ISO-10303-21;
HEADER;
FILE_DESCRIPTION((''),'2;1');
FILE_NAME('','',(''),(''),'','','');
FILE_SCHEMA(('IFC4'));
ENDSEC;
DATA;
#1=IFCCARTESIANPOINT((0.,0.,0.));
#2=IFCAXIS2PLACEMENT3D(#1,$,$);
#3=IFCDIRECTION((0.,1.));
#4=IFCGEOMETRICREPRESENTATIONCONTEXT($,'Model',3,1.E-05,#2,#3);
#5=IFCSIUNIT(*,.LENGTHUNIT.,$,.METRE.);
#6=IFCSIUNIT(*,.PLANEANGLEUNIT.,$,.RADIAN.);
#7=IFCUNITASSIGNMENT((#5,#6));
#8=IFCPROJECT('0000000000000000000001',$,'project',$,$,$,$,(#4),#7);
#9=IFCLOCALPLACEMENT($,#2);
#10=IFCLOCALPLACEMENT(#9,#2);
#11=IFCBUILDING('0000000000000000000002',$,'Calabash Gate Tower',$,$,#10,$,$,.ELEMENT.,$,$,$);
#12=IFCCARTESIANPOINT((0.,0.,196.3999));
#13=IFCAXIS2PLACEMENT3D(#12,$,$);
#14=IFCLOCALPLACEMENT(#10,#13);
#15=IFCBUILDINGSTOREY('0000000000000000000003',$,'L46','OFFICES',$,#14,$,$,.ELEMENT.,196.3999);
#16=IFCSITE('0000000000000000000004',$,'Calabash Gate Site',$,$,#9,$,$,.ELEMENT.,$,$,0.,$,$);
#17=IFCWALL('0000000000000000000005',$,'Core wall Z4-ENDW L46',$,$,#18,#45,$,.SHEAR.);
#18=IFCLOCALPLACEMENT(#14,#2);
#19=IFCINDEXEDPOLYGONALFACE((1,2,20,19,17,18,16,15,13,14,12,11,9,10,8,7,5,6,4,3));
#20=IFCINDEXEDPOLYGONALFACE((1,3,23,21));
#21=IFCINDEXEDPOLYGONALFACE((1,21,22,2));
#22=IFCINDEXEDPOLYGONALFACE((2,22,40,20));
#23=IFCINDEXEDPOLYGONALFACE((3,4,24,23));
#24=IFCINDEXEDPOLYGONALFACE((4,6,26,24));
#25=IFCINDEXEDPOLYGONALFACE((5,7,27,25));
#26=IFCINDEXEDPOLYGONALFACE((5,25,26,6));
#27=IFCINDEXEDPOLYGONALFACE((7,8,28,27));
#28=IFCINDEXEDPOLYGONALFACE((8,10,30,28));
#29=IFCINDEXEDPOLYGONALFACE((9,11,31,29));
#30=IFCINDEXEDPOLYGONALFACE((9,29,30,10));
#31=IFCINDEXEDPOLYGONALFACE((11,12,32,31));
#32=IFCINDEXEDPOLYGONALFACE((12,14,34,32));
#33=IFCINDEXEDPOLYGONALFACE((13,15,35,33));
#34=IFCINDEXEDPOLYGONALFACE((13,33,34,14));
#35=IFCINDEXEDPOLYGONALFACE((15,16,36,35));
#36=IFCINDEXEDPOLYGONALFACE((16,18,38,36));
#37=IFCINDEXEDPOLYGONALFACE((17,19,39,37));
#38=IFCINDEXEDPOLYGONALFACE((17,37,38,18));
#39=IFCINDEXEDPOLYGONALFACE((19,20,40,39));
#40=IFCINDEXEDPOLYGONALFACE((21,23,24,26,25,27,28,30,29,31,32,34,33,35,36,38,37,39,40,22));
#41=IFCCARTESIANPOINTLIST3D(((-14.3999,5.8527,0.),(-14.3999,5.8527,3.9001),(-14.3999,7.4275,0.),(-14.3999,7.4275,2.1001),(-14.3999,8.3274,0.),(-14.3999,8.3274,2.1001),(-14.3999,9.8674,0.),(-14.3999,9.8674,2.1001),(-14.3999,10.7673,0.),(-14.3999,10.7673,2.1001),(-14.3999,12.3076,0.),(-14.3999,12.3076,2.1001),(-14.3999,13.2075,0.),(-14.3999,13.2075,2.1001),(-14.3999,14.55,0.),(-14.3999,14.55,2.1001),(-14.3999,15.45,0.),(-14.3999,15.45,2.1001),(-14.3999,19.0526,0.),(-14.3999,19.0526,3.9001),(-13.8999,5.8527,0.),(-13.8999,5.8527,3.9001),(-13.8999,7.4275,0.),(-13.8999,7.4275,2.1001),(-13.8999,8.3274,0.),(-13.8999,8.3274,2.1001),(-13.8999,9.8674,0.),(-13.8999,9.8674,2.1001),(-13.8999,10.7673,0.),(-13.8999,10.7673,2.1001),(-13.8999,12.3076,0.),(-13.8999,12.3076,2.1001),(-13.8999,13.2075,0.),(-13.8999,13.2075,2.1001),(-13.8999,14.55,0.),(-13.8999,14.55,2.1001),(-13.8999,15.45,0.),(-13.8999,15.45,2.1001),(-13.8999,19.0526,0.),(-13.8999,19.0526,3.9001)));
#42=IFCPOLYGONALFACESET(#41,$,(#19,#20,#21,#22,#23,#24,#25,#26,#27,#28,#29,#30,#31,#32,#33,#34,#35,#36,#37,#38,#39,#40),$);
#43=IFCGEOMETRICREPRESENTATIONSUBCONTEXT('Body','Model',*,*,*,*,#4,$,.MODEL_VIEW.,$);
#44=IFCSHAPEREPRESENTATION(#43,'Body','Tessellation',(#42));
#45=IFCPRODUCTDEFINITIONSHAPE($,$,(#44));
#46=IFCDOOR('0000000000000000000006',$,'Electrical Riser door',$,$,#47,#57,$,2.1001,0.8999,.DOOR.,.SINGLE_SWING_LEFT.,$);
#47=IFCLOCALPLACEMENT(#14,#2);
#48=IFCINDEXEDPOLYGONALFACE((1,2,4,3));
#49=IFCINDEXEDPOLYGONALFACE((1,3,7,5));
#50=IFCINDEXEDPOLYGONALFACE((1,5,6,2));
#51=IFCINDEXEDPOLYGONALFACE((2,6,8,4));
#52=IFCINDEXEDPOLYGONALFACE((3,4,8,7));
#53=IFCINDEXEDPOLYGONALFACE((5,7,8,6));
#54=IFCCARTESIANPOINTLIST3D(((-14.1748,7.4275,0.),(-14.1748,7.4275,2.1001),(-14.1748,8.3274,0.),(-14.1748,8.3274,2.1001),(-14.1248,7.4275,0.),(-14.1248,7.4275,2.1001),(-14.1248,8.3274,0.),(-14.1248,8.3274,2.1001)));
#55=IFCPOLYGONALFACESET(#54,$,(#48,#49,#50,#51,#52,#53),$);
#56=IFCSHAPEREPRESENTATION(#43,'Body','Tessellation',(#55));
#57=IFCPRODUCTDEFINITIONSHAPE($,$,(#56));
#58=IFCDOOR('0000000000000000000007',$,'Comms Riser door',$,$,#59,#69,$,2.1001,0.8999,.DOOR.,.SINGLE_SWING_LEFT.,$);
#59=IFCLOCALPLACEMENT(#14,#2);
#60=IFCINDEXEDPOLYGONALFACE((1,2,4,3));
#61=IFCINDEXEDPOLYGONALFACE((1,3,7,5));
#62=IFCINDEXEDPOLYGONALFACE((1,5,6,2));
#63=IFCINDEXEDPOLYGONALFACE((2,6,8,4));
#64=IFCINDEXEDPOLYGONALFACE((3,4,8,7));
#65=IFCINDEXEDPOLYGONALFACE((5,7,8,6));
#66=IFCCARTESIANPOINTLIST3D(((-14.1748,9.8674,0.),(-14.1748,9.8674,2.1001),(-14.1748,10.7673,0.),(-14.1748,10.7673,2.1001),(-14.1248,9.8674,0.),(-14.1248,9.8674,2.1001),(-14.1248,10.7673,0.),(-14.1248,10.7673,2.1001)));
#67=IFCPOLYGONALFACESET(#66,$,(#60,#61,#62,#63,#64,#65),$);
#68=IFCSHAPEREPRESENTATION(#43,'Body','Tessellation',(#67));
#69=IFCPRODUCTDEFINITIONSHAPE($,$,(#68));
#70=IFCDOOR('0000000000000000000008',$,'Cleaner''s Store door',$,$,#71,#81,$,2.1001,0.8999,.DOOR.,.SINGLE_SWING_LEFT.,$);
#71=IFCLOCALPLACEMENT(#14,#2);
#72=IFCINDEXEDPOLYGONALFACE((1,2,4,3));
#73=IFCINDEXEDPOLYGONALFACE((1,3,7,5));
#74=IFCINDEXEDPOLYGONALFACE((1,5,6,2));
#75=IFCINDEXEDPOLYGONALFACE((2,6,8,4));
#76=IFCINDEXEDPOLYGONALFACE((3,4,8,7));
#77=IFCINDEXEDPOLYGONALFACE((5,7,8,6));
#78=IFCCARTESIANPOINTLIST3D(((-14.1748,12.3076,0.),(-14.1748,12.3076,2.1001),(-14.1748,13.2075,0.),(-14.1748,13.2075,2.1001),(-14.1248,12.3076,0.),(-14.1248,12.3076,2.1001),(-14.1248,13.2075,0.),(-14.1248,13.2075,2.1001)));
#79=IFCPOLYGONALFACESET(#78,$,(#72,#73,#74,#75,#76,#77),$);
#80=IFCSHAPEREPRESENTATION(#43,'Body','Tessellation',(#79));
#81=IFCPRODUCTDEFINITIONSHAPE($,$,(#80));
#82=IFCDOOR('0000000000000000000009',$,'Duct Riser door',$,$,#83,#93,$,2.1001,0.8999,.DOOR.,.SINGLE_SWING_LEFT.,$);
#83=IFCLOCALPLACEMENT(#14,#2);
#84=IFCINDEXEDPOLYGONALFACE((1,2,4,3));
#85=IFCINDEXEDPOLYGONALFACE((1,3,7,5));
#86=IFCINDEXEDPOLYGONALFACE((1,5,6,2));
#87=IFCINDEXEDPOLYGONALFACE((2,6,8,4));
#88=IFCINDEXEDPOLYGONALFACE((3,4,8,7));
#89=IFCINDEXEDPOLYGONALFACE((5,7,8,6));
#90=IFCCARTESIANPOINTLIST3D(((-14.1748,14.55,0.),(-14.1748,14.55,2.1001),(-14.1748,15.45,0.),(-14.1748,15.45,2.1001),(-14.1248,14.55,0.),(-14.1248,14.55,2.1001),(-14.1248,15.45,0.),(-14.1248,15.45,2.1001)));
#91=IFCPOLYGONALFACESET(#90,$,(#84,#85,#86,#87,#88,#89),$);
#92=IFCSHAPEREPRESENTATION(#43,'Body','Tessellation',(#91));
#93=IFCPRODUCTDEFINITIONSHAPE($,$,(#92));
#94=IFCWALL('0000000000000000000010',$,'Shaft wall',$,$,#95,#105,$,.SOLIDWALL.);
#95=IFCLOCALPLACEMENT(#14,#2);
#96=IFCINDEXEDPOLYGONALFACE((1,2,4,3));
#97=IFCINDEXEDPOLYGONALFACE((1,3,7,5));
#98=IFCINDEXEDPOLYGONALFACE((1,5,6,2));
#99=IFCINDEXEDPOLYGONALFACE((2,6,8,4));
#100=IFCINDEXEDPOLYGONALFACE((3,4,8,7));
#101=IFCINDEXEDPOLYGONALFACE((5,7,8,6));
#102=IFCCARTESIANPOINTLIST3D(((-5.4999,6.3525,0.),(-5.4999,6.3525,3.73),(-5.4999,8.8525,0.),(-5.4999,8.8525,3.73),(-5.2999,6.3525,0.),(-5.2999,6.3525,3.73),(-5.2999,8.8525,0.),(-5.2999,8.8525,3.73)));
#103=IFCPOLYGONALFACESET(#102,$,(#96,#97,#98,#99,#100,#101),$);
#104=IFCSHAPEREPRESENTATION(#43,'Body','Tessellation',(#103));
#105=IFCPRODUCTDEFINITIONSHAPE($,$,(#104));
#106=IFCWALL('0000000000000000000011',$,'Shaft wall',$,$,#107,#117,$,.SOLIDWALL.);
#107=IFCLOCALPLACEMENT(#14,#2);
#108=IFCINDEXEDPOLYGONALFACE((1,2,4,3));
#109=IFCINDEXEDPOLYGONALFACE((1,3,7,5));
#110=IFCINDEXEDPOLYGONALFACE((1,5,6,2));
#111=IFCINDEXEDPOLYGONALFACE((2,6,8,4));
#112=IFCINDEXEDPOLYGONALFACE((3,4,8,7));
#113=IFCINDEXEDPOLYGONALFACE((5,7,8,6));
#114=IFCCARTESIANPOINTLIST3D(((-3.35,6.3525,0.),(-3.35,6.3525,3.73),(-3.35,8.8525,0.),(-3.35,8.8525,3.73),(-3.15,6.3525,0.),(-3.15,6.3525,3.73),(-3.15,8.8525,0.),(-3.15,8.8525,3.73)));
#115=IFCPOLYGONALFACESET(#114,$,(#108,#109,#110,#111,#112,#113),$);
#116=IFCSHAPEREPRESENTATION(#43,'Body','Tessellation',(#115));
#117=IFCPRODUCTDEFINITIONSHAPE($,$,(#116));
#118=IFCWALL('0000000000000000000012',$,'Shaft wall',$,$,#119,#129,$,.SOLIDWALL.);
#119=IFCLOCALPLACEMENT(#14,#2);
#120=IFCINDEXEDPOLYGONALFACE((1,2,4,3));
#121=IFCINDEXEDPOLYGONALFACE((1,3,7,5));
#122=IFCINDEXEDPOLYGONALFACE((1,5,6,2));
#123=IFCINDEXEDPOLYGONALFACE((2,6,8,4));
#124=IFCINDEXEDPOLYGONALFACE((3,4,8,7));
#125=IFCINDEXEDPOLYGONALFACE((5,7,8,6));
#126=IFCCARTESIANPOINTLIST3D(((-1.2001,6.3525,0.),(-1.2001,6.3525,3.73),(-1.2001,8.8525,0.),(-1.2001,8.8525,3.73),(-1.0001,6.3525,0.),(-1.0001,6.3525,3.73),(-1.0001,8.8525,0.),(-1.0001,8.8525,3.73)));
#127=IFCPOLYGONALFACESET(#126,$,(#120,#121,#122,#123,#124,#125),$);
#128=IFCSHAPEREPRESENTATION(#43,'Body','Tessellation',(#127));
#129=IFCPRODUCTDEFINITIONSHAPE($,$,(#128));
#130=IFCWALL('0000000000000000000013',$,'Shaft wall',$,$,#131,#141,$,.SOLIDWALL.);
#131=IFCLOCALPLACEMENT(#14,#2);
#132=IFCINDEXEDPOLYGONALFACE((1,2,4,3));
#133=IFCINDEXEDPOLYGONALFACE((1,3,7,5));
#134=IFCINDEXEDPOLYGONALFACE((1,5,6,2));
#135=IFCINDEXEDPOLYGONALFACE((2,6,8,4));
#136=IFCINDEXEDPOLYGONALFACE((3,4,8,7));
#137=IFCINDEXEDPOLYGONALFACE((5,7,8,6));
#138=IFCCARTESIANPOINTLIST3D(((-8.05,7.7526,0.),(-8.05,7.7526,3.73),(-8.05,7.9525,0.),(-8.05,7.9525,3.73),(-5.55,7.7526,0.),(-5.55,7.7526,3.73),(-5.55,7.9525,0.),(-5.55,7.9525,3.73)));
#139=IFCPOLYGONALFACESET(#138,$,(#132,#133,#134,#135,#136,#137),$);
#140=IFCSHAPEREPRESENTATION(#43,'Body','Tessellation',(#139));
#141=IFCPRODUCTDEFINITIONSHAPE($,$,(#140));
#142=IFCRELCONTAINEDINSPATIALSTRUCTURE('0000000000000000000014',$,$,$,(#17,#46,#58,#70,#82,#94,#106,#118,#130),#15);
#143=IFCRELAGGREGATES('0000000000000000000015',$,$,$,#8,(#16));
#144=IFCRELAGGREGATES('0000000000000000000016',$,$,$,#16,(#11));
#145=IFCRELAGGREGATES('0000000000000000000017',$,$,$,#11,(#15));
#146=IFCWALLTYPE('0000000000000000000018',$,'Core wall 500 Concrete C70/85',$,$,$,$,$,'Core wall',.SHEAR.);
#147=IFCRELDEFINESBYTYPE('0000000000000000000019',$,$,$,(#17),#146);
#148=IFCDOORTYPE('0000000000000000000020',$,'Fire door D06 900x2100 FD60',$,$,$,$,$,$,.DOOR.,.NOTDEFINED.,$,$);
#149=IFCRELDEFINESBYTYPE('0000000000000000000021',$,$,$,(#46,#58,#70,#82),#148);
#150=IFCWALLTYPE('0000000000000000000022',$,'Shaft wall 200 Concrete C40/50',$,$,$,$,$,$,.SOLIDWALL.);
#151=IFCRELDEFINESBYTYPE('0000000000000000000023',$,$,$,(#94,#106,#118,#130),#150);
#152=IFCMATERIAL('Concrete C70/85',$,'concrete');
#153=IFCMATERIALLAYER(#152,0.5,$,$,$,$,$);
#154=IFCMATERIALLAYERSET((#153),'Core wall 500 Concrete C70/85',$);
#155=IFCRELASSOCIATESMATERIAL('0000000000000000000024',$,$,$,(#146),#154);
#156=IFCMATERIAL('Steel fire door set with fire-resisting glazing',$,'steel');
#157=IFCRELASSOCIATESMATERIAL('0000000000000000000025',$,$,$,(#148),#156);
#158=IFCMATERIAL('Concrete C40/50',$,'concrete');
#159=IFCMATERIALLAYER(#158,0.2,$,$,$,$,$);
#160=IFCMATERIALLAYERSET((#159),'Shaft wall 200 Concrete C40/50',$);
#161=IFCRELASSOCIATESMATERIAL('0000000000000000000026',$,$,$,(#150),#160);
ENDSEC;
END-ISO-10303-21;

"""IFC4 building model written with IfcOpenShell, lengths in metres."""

from ifc_helpers import new_model, si_unit, direction, frame, frame_2d, origin, place, context, subcontext, project, spatial, rectangle, extrude, material, layer, layer_set, type_object, element, fill, save


model = new_model("IFC4")

# Units and contexts
model_context = context("Model", 3, precision=1e-05, world=origin(), true_north=direction((0.0, 1.0)))
body_context = subcontext(model_context, "Body", "Model", "MODEL_VIEW")
ifc_project = project(units=[si_unit("LENGTHUNIT", "METRE"), si_unit("PLANEANGLEUNIT", "RADIAN")], contexts=[model_context])

# Site, building, storey
site_placement = place(None, origin())
site = spatial("IfcSite", under=ifc_project, at=site_placement, Name="Calabash Gate Site", CompositionType="ELEMENT", RefElevation=0.0)
building_placement = place(site_placement, origin())
building = spatial("IfcBuilding", under=site, at=building_placement, Name="Calabash Gate Tower", CompositionType="ELEMENT")
storey_placement = place(building_placement, frame((0.0, 0.0, 196.3999)))
storey = spatial("IfcBuildingStorey", under=building, at=storey_placement, Name="L46", Description="OFFICES", CompositionType="ELEMENT", Elevation=196.3999)

# Shared definitions
ifc_material_1 = material(Name="Concrete C70/85", Category="concrete")
ifc_layer_1 = layer(ifc_material_1, 0.5)
ifc_layer_set_1 = layer_set([ifc_layer_1], Name="Core wall 500 Concrete C70/85")
wall_type_1 = type_object("IfcWallType", Name="Core wall 500 Concrete C70/85", ElementType="Core wall", PredefinedType="SHEAR", material=ifc_layer_set_1)

# Wall, openings, doors
wall_1_placement = place(storey_placement, frame((-14.1499, 5.8525, 0.0), z_axis=(0.0, 0.0, 1.0), x_axis=(0.0, 1.0, 0.0)))
wall_1 = element("IfcWall", 1, at=wall_1_placement, inside=storey, type_object=wall_type_1, Name="Core wall Z4-ENDW L46", PredefinedType="SHEAR", context=body_context, shape_type="SweptSolid", body=[
    extrude(rectangle(XDim=13.2, YDim=0.5, at=frame_2d((6.6001, 0.0))), origin(), (0.0, 0.0, 1.0), 3.9001),
])
opening_1_placement = place(wall_1_placement, frame((1.575, 0.0, 0.0)))
opening_1 = element("IfcOpeningElement", 2, at=opening_1_placement, cuts=wall_1, PredefinedType="OPENING", context=body_context, shape_type="SweptSolid", body=[
    extrude(rectangle(XDim=0.8999, YDim=2.1001, at=frame_2d((0.45, 1.05))), frame((0.0, 0.26, 0.0), z_axis=(0.0, -1.0, 0.0), x_axis=(1.0, 0.0, 0.0)), (0.0, 0.0, 1.0), 0.52),
])
opening_2_placement = place(wall_1_placement, frame((4.0149, 0.0, 0.0)))
opening_2 = element("IfcOpeningElement", 3, at=opening_2_placement, cuts=wall_1, PredefinedType="OPENING", context=body_context, shape_type="SweptSolid", body=[
    extrude(rectangle(XDim=0.8999, YDim=2.1001, at=frame_2d((0.45, 1.05))), frame((0.0, 0.26, 0.0), z_axis=(0.0, -1.0, 0.0), x_axis=(1.0, 0.0, 0.0)), (0.0, 0.0, 1.0), 0.52),
])
opening_3_placement = place(wall_1_placement, frame((6.4551, 0.0, 0.0)))
opening_3 = element("IfcOpeningElement", 4, at=opening_3_placement, cuts=wall_1, PredefinedType="OPENING", context=body_context, shape_type="SweptSolid", body=[
    extrude(rectangle(XDim=0.8999, YDim=2.1001, at=frame_2d((0.45, 1.05))), frame((0.0, 0.26, 0.0), z_axis=(0.0, -1.0, 0.0), x_axis=(1.0, 0.0, 0.0)), (0.0, 0.0, 1.0), 0.52),
])
opening_4_placement = place(wall_1_placement, frame((8.6975, 0.0, 0.0)))
opening_4 = element("IfcOpeningElement", 5, at=opening_4_placement, cuts=wall_1, PredefinedType="OPENING", context=body_context, shape_type="SweptSolid", body=[
    extrude(rectangle(XDim=0.8999, YDim=2.1001, at=frame_2d((0.45, 1.05))), frame((0.0, 0.26, 0.0), z_axis=(0.0, -1.0, 0.0), x_axis=(1.0, 0.0, 0.0)), (0.0, 0.0, 1.0), 0.52),
])
ifc_material_2 = material(Name="Steel fire door set with fire-resisting glazing", Category="steel")
door_type_1 = type_object("IfcDoorType", Name="Fire door D06 900x2100 FD60", OperationType="NOTDEFINED", PredefinedType="DOOR", material=ifc_material_2)
door_1_placement = place(opening_1_placement, origin())
door_1 = element("IfcDoor", 6, at=door_1_placement, inside=storey, type_object=door_type_1, Name="Electrical Riser door", OperationType="SINGLE_SWING_LEFT", OverallHeight=2.1001, OverallWidth=0.8999, PredefinedType="DOOR", context=body_context, shape_type="SweptSolid", body=[
    extrude(rectangle(XDim=0.8999, YDim=2.1001, at=frame_2d((0.45, 1.05))), frame((0.0, 0.0249, 0.0), z_axis=(0.0, -1.0, 0.0), x_axis=(1.0, 0.0, 0.0)), (0.0, 0.0, 1.0), 0.05),
])
fill(opening_1, door_1)
door_2_placement = place(opening_2_placement, origin())
door_2 = element("IfcDoor", 7, at=door_2_placement, inside=storey, type_object=door_type_1, Name="Comms Riser door", OperationType="SINGLE_SWING_LEFT", OverallHeight=2.1001, OverallWidth=0.8999, PredefinedType="DOOR", context=body_context, shape_type="SweptSolid", body=[
    extrude(rectangle(XDim=0.8999, YDim=2.1001, at=frame_2d((0.45, 1.05))), frame((0.0, 0.0249, 0.0), z_axis=(0.0, -1.0, 0.0), x_axis=(1.0, 0.0, 0.0)), (0.0, 0.0, 1.0), 0.05),
])
fill(opening_2, door_2)
door_3_placement = place(opening_3_placement, origin())
door_3 = element("IfcDoor", 8, at=door_3_placement, inside=storey, type_object=door_type_1, Name="Cleaner's Store door", OperationType="SINGLE_SWING_LEFT", OverallHeight=2.1001, OverallWidth=0.8999, PredefinedType="DOOR", context=body_context, shape_type="SweptSolid", body=[
    extrude(rectangle(XDim=0.8999, YDim=2.1001, at=frame_2d((0.45, 1.05))), frame((0.0, 0.0249, 0.0), z_axis=(0.0, -1.0, 0.0), x_axis=(1.0, 0.0, 0.0)), (0.0, 0.0, 1.0), 0.05),
])
fill(opening_3, door_3)
door_4_placement = place(opening_4_placement, origin())
door_4 = element("IfcDoor", 9, at=door_4_placement, inside=storey, type_object=door_type_1, Name="Duct Riser door", OperationType="SINGLE_SWING_LEFT", OverallHeight=2.1001, OverallWidth=0.8999, PredefinedType="DOOR", context=body_context, shape_type="SweptSolid", body=[
    extrude(rectangle(XDim=0.8999, YDim=2.1001, at=frame_2d((0.45, 1.05))), frame((0.0, 0.0249, 0.0), z_axis=(0.0, -1.0, 0.0), x_axis=(1.0, 0.0, 0.0)), (0.0, 0.0, 1.0), 0.05),
])
fill(opening_4, door_4)

# Walls
ifc_material_3 = material(Name="Concrete C40/50", Category="concrete")
ifc_layer_2 = layer(ifc_material_3, 0.2)
ifc_layer_set_2 = layer_set([ifc_layer_2], Name="Shaft wall 200 Concrete C40/50")
wall_type_2 = type_object("IfcWallType", Name="Shaft wall 200 Concrete C40/50", PredefinedType="SOLIDWALL", material=ifc_layer_set_2)
for number, where, z_axis, x_axis, name in (
    (10, (-5.3999, 6.3525, 0.0), (0.0, 0.0, 1.0), (0.0, 1.0, 0.0), "Shaft wall"),
    (11, (-3.25, 6.3525, 0.0), (0.0, 0.0, 1.0), (0.0, 1.0, 0.0), "Shaft wall"),
    (12, (-1.1001, 6.3525, 0.0), (0.0, 0.0, 1.0), (0.0, 1.0, 0.0), "Shaft wall"),
    (13, (-8.05, 7.8525, 0.0), (0.0, 0.0, 1.0), (1.0, 0.0, 0.0), "Shaft wall"),
):
    element("IfcWall", number, at=place(storey_placement, frame(where, z_axis=z_axis, x_axis=x_axis)), inside=storey, type_object=wall_type_2, Name=name, PredefinedType="SOLIDWALL", context=body_context, shape_type="SweptSolid", body=[
        extrude(rectangle(XDim=2.5, YDim=0.2, at=frame_2d((1.25, 0.0))), origin(), (0.0, 0.0, 1.0), 3.73),
    ])

save(model, "model.ifc")
